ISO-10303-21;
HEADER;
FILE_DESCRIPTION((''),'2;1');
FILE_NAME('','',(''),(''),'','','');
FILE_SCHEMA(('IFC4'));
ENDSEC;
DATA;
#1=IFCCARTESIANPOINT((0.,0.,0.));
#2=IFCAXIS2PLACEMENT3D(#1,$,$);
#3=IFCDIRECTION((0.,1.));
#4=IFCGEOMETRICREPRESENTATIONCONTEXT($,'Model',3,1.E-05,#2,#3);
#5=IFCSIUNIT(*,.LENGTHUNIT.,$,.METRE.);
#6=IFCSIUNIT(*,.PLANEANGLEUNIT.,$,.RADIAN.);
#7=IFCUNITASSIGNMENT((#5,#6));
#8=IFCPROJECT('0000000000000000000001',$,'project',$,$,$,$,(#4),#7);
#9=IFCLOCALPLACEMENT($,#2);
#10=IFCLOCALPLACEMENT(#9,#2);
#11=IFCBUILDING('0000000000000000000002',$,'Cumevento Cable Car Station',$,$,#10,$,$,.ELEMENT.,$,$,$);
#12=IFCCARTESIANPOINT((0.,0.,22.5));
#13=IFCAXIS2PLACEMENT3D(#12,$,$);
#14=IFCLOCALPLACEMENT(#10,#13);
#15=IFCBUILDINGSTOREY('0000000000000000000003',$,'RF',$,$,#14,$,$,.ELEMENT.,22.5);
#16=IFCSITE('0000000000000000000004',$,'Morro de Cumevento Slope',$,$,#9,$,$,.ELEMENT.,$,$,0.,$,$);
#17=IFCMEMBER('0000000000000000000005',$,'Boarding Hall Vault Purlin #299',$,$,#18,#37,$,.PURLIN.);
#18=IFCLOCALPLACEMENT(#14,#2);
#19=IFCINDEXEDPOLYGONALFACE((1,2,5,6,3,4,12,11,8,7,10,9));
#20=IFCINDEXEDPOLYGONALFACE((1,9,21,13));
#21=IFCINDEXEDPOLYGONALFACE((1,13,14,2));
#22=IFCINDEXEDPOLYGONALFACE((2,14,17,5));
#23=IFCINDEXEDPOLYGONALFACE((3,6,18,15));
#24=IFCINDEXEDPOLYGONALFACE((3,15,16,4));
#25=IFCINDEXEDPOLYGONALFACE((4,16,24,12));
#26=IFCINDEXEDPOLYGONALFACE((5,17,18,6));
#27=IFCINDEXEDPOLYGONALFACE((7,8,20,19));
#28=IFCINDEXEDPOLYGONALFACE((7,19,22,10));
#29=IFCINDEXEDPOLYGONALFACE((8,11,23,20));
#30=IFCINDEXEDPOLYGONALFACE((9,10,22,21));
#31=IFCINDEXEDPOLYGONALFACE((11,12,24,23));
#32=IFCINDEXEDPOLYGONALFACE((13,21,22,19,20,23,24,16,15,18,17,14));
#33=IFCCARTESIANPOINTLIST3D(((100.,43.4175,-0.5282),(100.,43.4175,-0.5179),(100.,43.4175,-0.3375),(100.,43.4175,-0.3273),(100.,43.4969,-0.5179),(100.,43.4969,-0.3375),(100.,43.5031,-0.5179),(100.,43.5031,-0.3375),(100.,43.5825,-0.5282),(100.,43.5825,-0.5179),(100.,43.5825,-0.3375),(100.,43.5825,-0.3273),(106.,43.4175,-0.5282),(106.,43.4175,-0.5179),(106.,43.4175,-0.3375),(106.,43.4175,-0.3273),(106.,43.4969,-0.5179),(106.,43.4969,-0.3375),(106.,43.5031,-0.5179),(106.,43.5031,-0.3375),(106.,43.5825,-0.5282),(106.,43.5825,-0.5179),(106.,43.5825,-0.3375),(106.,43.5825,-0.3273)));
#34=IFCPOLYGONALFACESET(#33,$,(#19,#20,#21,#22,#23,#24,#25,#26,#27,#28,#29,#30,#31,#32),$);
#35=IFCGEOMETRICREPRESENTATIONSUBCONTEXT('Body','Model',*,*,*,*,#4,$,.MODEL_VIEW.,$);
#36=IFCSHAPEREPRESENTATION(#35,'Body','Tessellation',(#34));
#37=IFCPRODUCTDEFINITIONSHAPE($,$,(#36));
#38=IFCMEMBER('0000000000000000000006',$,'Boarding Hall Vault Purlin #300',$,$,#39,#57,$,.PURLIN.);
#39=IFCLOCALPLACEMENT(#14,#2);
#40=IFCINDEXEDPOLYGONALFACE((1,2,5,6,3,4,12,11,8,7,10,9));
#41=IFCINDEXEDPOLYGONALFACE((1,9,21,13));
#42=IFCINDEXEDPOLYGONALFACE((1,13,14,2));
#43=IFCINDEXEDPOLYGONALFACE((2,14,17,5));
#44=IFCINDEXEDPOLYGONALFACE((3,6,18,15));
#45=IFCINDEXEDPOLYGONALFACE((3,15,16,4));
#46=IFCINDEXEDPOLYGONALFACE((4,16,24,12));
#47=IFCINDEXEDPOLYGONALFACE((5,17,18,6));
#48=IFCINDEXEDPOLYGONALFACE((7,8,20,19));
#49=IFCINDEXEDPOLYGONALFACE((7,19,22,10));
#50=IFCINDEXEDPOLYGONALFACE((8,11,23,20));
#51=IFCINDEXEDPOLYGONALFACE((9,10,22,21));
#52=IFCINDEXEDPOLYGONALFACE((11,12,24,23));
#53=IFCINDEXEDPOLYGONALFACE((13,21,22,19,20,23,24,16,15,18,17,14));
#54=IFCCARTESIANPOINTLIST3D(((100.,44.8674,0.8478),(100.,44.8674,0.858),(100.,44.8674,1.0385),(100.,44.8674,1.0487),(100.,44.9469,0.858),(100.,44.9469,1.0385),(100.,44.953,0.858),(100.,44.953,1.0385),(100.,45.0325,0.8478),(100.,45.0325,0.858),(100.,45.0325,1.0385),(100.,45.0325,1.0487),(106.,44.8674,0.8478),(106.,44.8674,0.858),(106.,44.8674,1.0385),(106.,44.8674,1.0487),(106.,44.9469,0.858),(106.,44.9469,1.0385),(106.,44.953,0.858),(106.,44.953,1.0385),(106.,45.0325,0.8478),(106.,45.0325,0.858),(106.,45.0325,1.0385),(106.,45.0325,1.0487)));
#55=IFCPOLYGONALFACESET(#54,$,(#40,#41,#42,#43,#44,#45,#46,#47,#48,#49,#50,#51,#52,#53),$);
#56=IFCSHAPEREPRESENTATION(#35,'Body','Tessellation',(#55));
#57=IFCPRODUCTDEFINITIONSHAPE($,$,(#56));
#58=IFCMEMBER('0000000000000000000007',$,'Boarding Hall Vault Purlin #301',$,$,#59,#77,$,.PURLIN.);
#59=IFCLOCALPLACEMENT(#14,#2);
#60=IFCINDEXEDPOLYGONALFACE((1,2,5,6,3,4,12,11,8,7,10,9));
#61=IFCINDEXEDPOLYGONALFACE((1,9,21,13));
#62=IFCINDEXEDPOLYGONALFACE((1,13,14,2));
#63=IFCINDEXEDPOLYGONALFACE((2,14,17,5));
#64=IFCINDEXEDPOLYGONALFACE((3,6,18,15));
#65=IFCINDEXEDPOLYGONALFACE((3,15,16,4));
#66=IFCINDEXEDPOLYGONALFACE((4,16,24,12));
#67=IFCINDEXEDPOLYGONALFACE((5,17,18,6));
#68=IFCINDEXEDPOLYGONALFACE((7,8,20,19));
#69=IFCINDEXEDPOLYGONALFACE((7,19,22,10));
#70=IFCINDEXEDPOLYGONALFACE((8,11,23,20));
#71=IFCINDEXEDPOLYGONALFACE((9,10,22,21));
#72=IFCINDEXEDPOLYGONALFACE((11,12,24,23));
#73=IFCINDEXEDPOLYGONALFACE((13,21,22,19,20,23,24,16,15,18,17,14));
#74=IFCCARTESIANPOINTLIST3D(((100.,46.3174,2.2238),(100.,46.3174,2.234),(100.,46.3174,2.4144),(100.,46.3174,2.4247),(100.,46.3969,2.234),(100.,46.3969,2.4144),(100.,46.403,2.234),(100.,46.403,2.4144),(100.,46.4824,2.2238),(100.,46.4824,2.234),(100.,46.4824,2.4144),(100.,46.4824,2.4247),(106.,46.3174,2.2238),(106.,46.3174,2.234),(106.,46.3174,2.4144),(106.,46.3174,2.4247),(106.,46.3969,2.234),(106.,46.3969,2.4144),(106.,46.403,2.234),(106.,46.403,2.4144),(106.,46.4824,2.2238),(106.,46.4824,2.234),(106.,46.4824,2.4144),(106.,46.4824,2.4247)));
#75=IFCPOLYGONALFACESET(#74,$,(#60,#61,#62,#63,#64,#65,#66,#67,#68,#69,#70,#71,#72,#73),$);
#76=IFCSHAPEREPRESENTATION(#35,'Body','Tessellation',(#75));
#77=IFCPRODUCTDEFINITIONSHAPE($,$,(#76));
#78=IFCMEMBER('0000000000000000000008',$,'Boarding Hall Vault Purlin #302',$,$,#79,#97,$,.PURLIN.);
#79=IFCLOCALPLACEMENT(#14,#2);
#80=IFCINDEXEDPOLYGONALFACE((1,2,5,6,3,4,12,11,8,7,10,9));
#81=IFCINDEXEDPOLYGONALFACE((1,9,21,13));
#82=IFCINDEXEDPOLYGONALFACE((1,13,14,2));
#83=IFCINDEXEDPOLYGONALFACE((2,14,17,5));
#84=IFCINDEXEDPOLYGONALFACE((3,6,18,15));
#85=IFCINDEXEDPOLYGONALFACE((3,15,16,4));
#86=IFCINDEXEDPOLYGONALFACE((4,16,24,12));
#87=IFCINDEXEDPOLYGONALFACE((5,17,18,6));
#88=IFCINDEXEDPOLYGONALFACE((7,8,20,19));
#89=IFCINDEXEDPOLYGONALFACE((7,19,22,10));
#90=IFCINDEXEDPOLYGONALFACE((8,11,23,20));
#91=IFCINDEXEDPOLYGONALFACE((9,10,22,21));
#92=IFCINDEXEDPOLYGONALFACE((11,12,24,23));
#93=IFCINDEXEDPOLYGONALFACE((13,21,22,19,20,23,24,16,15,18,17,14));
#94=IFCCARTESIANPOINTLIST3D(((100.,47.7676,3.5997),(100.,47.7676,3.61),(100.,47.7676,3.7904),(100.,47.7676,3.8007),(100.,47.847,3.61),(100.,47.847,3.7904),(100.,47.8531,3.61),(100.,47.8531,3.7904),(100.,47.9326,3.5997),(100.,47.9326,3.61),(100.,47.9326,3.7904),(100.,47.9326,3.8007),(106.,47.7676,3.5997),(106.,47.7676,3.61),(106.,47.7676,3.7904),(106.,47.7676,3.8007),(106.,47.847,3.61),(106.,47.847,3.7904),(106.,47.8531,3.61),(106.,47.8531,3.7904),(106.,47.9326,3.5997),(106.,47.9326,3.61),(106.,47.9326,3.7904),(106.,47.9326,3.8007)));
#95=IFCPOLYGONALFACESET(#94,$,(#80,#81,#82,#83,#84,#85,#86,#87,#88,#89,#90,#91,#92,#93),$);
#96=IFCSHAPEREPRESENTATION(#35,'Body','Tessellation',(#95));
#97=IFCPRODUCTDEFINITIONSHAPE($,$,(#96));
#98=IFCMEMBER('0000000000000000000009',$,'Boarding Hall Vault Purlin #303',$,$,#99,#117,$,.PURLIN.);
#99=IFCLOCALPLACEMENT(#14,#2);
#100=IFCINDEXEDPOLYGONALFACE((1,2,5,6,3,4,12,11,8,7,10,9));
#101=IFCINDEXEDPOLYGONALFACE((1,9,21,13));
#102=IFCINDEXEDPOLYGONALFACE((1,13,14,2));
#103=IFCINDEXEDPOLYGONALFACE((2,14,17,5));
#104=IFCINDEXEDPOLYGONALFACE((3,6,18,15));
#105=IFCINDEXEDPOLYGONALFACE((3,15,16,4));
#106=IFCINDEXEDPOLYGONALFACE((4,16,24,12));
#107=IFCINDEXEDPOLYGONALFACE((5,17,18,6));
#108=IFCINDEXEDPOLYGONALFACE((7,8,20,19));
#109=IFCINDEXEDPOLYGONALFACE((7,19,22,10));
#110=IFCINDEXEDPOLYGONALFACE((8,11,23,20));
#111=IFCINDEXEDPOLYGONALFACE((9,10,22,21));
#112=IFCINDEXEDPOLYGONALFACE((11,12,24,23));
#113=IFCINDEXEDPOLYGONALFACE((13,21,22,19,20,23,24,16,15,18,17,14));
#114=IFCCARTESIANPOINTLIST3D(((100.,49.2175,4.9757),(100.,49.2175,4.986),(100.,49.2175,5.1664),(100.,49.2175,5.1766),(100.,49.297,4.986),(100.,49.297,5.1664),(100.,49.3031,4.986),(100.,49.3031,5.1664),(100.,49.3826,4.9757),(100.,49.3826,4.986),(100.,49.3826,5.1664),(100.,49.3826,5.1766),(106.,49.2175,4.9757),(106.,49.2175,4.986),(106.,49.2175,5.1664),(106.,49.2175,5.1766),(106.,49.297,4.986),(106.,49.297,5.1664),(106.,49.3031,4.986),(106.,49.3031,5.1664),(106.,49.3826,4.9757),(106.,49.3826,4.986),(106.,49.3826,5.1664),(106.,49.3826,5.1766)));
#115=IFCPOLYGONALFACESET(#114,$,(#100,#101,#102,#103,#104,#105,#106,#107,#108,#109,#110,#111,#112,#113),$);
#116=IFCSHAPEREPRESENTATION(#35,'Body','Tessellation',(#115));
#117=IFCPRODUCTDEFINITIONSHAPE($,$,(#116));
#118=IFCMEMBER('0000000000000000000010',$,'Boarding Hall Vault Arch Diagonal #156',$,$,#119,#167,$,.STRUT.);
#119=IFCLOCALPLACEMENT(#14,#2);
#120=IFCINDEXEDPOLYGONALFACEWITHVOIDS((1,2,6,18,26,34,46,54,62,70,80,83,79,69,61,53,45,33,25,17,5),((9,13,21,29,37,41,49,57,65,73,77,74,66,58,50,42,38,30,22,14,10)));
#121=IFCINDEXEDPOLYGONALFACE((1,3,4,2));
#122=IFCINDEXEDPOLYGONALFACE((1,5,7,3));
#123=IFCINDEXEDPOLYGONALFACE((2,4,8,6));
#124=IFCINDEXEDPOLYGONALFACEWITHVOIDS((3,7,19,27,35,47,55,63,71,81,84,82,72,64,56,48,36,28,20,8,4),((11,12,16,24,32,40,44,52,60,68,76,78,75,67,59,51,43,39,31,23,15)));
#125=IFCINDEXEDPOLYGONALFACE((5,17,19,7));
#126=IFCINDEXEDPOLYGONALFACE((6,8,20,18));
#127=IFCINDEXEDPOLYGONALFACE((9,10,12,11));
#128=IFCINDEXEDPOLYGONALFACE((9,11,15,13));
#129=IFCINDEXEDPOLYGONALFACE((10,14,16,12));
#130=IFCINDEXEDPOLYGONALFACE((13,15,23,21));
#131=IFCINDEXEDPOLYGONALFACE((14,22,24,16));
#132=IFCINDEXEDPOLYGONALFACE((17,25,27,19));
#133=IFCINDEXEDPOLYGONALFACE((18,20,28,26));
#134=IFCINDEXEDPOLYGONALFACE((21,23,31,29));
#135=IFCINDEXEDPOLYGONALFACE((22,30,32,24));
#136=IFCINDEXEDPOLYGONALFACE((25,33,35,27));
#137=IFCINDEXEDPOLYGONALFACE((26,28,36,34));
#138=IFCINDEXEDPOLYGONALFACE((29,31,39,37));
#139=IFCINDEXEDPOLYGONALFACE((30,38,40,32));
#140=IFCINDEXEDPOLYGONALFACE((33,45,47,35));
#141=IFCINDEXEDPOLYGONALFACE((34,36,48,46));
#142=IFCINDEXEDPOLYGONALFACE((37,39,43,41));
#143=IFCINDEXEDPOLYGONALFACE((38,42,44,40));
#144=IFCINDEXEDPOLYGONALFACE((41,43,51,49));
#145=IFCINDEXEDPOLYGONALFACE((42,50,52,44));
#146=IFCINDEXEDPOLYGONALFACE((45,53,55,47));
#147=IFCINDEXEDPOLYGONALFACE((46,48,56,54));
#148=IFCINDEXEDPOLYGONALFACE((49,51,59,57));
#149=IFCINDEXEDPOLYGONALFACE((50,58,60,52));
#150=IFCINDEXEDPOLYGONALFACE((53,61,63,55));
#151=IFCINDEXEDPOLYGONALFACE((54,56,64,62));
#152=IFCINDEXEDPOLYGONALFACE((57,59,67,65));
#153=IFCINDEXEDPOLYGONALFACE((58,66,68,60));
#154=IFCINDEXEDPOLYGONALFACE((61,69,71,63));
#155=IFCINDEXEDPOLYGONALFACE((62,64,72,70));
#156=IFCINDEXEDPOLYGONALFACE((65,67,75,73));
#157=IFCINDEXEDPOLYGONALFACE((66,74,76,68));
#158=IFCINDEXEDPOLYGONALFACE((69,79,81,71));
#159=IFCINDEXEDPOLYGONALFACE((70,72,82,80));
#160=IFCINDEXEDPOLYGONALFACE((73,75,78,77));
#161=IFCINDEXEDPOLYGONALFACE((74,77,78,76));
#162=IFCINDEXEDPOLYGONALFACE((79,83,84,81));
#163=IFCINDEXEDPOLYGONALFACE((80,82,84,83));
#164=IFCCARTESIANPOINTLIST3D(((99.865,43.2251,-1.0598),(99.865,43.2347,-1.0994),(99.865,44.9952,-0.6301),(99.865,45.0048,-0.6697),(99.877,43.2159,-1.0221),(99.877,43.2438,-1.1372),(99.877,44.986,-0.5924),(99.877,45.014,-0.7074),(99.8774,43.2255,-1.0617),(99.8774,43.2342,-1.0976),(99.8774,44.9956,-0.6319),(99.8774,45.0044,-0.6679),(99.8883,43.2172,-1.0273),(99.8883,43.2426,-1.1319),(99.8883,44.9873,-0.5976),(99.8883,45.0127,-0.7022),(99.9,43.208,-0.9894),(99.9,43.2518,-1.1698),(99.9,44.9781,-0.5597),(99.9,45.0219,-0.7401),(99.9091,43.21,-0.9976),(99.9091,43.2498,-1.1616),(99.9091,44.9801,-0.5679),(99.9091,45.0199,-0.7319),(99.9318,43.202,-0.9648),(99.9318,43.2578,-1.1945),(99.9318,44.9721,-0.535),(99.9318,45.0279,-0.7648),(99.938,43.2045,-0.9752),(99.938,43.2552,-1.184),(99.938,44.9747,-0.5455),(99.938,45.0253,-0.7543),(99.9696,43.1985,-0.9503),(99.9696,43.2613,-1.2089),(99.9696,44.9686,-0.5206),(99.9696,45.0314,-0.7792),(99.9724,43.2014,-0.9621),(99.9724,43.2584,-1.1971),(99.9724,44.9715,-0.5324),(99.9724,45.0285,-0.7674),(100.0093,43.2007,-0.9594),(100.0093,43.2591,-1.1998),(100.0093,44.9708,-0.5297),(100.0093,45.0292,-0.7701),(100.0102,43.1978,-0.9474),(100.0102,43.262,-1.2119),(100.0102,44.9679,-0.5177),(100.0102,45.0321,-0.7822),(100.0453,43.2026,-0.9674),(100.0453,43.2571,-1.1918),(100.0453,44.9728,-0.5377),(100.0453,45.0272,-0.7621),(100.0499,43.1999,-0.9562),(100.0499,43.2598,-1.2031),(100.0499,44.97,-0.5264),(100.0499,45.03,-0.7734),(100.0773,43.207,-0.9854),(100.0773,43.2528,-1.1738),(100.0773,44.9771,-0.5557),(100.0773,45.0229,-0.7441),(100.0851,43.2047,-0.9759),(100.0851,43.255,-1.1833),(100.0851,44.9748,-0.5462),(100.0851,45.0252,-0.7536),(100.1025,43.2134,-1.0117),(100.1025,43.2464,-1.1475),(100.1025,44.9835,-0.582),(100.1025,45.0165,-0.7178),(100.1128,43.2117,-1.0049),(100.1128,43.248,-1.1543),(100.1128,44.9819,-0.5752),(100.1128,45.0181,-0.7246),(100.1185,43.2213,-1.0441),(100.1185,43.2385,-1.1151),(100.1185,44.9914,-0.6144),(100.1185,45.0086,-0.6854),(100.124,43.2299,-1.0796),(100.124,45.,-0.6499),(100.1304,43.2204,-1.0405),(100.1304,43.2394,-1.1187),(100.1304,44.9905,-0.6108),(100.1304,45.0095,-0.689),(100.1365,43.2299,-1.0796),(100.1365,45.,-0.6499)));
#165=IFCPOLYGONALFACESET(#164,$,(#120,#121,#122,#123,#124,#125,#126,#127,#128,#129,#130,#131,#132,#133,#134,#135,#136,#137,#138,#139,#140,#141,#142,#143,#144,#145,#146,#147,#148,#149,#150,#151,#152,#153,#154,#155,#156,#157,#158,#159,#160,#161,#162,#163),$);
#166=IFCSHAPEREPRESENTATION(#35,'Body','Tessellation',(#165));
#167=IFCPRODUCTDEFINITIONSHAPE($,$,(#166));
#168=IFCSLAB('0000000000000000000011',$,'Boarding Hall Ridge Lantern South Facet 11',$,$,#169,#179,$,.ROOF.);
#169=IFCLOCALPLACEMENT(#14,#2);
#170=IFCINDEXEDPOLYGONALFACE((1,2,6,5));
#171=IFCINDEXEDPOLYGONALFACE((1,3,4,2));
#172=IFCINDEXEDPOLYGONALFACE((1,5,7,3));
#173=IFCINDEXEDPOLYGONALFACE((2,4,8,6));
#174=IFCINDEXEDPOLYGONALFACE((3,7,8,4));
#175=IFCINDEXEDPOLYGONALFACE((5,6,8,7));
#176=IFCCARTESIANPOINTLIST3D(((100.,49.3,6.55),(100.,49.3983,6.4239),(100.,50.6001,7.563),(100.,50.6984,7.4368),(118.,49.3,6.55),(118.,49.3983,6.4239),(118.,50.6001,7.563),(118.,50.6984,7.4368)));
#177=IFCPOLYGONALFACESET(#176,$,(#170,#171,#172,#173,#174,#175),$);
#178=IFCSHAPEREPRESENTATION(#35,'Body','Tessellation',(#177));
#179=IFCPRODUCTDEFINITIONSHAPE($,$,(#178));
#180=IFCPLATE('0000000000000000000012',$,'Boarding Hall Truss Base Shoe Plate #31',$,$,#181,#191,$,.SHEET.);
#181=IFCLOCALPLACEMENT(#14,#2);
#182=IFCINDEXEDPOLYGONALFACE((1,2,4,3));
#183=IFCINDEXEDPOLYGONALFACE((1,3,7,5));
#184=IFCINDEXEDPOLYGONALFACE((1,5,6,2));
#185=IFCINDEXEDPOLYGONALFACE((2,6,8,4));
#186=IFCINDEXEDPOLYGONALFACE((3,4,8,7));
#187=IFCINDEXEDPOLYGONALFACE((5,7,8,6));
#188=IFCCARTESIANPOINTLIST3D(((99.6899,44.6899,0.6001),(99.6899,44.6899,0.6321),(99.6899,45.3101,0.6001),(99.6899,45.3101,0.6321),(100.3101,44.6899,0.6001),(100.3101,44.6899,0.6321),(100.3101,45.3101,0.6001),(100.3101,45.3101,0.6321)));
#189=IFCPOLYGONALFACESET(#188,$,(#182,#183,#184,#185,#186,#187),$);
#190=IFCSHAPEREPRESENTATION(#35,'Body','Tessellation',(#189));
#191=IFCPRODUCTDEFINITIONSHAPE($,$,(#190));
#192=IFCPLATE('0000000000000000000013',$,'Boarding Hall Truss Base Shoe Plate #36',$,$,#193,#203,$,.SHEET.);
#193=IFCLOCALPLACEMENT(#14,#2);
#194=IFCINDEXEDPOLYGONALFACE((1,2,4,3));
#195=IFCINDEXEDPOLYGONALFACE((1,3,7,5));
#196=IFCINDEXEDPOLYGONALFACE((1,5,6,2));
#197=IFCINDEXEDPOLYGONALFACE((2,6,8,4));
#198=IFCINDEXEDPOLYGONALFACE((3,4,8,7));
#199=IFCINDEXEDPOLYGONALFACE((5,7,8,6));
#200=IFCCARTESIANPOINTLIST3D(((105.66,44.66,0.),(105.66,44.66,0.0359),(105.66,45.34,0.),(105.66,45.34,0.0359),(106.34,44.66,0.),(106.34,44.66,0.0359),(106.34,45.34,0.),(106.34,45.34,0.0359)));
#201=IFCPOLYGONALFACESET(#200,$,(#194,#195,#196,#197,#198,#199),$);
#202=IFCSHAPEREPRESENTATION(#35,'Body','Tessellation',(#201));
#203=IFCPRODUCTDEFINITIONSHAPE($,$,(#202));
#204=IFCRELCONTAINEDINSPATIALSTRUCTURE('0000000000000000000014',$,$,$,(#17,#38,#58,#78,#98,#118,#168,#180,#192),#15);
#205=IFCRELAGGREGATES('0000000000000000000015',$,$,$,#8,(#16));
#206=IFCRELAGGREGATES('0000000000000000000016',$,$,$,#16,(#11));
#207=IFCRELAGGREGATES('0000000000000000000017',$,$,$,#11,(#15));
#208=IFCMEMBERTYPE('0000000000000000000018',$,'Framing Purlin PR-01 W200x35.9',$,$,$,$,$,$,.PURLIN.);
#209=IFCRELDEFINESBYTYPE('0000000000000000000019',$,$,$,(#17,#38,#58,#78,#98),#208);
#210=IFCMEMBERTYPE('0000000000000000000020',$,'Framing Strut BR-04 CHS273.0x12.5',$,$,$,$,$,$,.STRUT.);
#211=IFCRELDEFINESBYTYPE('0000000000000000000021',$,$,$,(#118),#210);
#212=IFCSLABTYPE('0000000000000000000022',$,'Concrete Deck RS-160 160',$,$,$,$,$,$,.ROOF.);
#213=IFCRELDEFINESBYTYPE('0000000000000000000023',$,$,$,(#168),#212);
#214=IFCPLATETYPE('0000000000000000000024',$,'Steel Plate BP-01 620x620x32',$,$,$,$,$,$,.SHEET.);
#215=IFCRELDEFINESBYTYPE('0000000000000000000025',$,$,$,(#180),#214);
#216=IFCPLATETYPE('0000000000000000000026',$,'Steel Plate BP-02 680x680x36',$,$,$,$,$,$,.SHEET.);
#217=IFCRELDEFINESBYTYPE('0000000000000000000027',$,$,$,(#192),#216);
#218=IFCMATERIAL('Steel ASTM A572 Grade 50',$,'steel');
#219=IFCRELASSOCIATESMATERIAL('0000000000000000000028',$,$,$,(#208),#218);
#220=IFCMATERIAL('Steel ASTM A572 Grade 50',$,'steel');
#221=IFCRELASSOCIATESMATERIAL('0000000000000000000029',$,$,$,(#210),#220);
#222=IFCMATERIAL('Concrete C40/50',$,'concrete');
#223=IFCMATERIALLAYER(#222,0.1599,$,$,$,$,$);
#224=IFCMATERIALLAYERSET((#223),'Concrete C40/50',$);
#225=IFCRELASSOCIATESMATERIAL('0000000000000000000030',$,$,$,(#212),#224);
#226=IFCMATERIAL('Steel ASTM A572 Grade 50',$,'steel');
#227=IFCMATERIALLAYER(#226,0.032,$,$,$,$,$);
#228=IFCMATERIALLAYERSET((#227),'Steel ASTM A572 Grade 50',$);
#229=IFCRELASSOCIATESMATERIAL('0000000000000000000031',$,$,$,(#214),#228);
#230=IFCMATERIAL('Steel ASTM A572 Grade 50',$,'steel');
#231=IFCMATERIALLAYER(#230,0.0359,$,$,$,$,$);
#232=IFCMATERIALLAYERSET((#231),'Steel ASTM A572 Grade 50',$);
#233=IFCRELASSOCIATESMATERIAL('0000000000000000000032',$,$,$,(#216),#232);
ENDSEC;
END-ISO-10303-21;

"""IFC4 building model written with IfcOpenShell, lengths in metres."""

from ifc_helpers import new_model, si_unit, direction, frame, origin, origin_2d, place, context, subcontext, project, spatial, polyline, rectangle, hollow_circle, i_section, outline, extrude, material, layer, layer_set, material_profile, profile_set, type_object, element, save


model = new_model("IFC4")

# Units and contexts
model_context = context("Model", 3, precision=1e-05, world=origin(), true_north=direction((0.0, 1.0)))
body_context = subcontext(model_context, "Body", "Model", "MODEL_VIEW")
ifc_project = project(units=[si_unit("LENGTHUNIT", "METRE"), si_unit("PLANEANGLEUNIT", "RADIAN")], contexts=[model_context])

# Site, building, storey
site_placement = place(None, origin())
site = spatial("IfcSite", under=ifc_project, at=site_placement, Name="Morro de Cumevento Slope", CompositionType="ELEMENT", RefElevation=0.0)
building_placement = place(site_placement, origin())
building = spatial("IfcBuilding", under=site, at=building_placement, Name="Cumevento Cable Car Station", CompositionType="ELEMENT")
storey_placement = place(building_placement, frame((0.0, 0.0, 22.5)))
storey = spatial("IfcBuildingStorey", under=building, at=storey_placement, Name="RF", CompositionType="ELEMENT", Elevation=22.5)

# Members
ifc_material_1 = material(Name="Steel ASTM A572 Grade 50", Category="steel")
ifc_material_profile_1 = material_profile(ifc_material_1, i_section(OverallWidth=0.165, OverallDepth=0.2009, WebThickness=0.0061, FlangeThickness=0.0103, at=origin_2d()), Name="W200x35.9")
ifc_profile_set_1 = profile_set([ifc_material_profile_1], Name="Steel ASTM A572 Grade 50")
member_type_1 = type_object("IfcMemberType", Name="Framing Purlin PR-01 W200x35.9", PredefinedType="PURLIN", material=ifc_profile_set_1)
for number, where, z_axis, x_axis, name in (
    (1, (100.0, 43.5, -0.4277), (1.0, 0.0, 0.0), (0.0, 1.0, 0.0), "Boarding Hall Vault Purlin #299"),
    (2, (100.0, 44.95, 0.9482), (1.0, 0.0, 0.0), (0.0, 1.0, 0.0), "Boarding Hall Vault Purlin #300"),
    (3, (100.0, 46.3999, 2.3242), (1.0, 0.0, 0.0), (0.0, 1.0, 0.0), "Boarding Hall Vault Purlin #301"),
    (4, (100.0, 47.8501, 3.7002), (1.0, 0.0, 0.0), (0.0, 1.0, 0.0), "Boarding Hall Vault Purlin #302"),
    (5, (100.0, 49.3, 5.0762), (1.0, 0.0, 0.0), (0.0, 1.0, 0.0), "Boarding Hall Vault Purlin #303"),
):
    element("IfcMember", number, at=place(storey_placement, frame(where, z_axis=z_axis, x_axis=x_axis)), inside=storey, type_object=member_type_1, Name=name, PredefinedType="PURLIN", context=body_context, shape_type="SweptSolid", body=[
        extrude(i_section(OverallWidth=0.165, OverallDepth=0.2009, WebThickness=0.0061, FlangeThickness=0.0103, at=origin_2d()), origin(), (0.0, 0.0, 1.0), 6.0),
    ])
ifc_material_2 = material(Name="Steel ASTM A572 Grade 50", Category="steel")
ifc_material_profile_2 = material_profile(ifc_material_2, hollow_circle(Radius=0.1365, WallThickness=0.0125, at=origin_2d()), Name="CHS273.0x12.5")
ifc_profile_set_2 = profile_set([ifc_material_profile_2], Name="Steel ASTM A572 Grade 50")
member_type_2 = type_object("IfcMemberType", Name="Framing Strut BR-04 CHS273.0x12.5", PredefinedType="STRUT", material=ifc_profile_set_2)
member_1_placement = place(storey_placement, frame((100.0, 45.0, -0.6499), z_axis=(0.0, -0.971776, -0.235907), x_axis=(1.0, 0.0, 0.0)))
element("IfcMember", 6, at=member_1_placement, inside=storey, type_object=member_type_2, Name="Boarding Hall Vault Arch Diagonal #156", PredefinedType="STRUT", context=body_context, shape_type="SweptSolid", body=[
    extrude(hollow_circle(Radius=0.1365, WallThickness=0.0125, at=origin_2d()), origin(), (0.0, 0.0, 1.0), 1.8215),
])

# Slab
ifc_material_3 = material(Name="Concrete C40/50", Category="concrete")
ifc_layer_1 = layer(ifc_material_3, 0.1599)
ifc_layer_set_1 = layer_set([ifc_layer_1], Name="Concrete C40/50")
slab_type = type_object("IfcSlabType", Name="Concrete Deck RS-160 160", PredefinedType="ROOF", material=ifc_layer_set_1)
slab_placement = place(storey_placement, frame((100.0, 49.3, 6.55), z_axis=(0.0, -0.614617, 0.788825), x_axis=(1.0, 0.0, 0.0)))
element("IfcSlab", 7, at=slab_placement, inside=storey, type_object=slab_type, Name="Boarding Hall Ridge Lantern South Facet 11", PredefinedType="ROOF", context=body_context, shape_type="SweptSolid", body=[
    extrude(outline(polyline([(0.0, 0.0), (18.0, 0.0), (18.0, 1.6481), (0.0, 1.6481), (0.0, 0.0)])), origin(), (0.0, 0.0, -1.0), 0.1599),
])

# Plates
ifc_material_4 = material(Name="Steel ASTM A572 Grade 50", Category="steel")
ifc_layer_2 = layer(ifc_material_4, 0.032)
ifc_layer_set_2 = layer_set([ifc_layer_2], Name="Steel ASTM A572 Grade 50")
plate_type_1 = type_object("IfcPlateType", Name="Steel Plate BP-01 620x620x32", PredefinedType="SHEET", material=ifc_layer_set_2)
plate_1_placement = place(storey_placement, frame((100.0, 45.0, 0.6001), z_axis=(0.0, 0.0, 1.0), x_axis=(1.0, 0.0, 0.0)))
element("IfcPlate", 8, at=plate_1_placement, inside=storey, type_object=plate_type_1, Name="Boarding Hall Truss Base Shoe Plate #31", PredefinedType="SHEET", context=body_context, shape_type="SweptSolid", body=[
    extrude(rectangle(XDim=0.6201, YDim=0.6201, at=origin_2d()), origin(), (0.0, 0.0, 1.0), 0.032),
])
ifc_material_5 = material(Name="Steel ASTM A572 Grade 50", Category="steel")
ifc_layer_3 = layer(ifc_material_5, 0.0359)
ifc_layer_set_3 = layer_set([ifc_layer_3], Name="Steel ASTM A572 Grade 50")
plate_type_2 = type_object("IfcPlateType", Name="Steel Plate BP-02 680x680x36", PredefinedType="SHEET", material=ifc_layer_set_3)
plate_2_placement = place(storey_placement, frame((106.0, 45.0, 0.0), z_axis=(0.0, 0.0, 1.0), x_axis=(1.0, 0.0, 0.0)))
element("IfcPlate", 9, at=plate_2_placement, inside=storey, type_object=plate_type_2, Name="Boarding Hall Truss Base Shoe Plate #36", PredefinedType="SHEET", context=body_context, shape_type="SweptSolid", body=[
    extrude(rectangle(XDim=0.6799, YDim=0.6799, at=origin_2d()), origin(), (0.0, 0.0, 1.0), 0.0359),
])

save(model, "model.ifc")
